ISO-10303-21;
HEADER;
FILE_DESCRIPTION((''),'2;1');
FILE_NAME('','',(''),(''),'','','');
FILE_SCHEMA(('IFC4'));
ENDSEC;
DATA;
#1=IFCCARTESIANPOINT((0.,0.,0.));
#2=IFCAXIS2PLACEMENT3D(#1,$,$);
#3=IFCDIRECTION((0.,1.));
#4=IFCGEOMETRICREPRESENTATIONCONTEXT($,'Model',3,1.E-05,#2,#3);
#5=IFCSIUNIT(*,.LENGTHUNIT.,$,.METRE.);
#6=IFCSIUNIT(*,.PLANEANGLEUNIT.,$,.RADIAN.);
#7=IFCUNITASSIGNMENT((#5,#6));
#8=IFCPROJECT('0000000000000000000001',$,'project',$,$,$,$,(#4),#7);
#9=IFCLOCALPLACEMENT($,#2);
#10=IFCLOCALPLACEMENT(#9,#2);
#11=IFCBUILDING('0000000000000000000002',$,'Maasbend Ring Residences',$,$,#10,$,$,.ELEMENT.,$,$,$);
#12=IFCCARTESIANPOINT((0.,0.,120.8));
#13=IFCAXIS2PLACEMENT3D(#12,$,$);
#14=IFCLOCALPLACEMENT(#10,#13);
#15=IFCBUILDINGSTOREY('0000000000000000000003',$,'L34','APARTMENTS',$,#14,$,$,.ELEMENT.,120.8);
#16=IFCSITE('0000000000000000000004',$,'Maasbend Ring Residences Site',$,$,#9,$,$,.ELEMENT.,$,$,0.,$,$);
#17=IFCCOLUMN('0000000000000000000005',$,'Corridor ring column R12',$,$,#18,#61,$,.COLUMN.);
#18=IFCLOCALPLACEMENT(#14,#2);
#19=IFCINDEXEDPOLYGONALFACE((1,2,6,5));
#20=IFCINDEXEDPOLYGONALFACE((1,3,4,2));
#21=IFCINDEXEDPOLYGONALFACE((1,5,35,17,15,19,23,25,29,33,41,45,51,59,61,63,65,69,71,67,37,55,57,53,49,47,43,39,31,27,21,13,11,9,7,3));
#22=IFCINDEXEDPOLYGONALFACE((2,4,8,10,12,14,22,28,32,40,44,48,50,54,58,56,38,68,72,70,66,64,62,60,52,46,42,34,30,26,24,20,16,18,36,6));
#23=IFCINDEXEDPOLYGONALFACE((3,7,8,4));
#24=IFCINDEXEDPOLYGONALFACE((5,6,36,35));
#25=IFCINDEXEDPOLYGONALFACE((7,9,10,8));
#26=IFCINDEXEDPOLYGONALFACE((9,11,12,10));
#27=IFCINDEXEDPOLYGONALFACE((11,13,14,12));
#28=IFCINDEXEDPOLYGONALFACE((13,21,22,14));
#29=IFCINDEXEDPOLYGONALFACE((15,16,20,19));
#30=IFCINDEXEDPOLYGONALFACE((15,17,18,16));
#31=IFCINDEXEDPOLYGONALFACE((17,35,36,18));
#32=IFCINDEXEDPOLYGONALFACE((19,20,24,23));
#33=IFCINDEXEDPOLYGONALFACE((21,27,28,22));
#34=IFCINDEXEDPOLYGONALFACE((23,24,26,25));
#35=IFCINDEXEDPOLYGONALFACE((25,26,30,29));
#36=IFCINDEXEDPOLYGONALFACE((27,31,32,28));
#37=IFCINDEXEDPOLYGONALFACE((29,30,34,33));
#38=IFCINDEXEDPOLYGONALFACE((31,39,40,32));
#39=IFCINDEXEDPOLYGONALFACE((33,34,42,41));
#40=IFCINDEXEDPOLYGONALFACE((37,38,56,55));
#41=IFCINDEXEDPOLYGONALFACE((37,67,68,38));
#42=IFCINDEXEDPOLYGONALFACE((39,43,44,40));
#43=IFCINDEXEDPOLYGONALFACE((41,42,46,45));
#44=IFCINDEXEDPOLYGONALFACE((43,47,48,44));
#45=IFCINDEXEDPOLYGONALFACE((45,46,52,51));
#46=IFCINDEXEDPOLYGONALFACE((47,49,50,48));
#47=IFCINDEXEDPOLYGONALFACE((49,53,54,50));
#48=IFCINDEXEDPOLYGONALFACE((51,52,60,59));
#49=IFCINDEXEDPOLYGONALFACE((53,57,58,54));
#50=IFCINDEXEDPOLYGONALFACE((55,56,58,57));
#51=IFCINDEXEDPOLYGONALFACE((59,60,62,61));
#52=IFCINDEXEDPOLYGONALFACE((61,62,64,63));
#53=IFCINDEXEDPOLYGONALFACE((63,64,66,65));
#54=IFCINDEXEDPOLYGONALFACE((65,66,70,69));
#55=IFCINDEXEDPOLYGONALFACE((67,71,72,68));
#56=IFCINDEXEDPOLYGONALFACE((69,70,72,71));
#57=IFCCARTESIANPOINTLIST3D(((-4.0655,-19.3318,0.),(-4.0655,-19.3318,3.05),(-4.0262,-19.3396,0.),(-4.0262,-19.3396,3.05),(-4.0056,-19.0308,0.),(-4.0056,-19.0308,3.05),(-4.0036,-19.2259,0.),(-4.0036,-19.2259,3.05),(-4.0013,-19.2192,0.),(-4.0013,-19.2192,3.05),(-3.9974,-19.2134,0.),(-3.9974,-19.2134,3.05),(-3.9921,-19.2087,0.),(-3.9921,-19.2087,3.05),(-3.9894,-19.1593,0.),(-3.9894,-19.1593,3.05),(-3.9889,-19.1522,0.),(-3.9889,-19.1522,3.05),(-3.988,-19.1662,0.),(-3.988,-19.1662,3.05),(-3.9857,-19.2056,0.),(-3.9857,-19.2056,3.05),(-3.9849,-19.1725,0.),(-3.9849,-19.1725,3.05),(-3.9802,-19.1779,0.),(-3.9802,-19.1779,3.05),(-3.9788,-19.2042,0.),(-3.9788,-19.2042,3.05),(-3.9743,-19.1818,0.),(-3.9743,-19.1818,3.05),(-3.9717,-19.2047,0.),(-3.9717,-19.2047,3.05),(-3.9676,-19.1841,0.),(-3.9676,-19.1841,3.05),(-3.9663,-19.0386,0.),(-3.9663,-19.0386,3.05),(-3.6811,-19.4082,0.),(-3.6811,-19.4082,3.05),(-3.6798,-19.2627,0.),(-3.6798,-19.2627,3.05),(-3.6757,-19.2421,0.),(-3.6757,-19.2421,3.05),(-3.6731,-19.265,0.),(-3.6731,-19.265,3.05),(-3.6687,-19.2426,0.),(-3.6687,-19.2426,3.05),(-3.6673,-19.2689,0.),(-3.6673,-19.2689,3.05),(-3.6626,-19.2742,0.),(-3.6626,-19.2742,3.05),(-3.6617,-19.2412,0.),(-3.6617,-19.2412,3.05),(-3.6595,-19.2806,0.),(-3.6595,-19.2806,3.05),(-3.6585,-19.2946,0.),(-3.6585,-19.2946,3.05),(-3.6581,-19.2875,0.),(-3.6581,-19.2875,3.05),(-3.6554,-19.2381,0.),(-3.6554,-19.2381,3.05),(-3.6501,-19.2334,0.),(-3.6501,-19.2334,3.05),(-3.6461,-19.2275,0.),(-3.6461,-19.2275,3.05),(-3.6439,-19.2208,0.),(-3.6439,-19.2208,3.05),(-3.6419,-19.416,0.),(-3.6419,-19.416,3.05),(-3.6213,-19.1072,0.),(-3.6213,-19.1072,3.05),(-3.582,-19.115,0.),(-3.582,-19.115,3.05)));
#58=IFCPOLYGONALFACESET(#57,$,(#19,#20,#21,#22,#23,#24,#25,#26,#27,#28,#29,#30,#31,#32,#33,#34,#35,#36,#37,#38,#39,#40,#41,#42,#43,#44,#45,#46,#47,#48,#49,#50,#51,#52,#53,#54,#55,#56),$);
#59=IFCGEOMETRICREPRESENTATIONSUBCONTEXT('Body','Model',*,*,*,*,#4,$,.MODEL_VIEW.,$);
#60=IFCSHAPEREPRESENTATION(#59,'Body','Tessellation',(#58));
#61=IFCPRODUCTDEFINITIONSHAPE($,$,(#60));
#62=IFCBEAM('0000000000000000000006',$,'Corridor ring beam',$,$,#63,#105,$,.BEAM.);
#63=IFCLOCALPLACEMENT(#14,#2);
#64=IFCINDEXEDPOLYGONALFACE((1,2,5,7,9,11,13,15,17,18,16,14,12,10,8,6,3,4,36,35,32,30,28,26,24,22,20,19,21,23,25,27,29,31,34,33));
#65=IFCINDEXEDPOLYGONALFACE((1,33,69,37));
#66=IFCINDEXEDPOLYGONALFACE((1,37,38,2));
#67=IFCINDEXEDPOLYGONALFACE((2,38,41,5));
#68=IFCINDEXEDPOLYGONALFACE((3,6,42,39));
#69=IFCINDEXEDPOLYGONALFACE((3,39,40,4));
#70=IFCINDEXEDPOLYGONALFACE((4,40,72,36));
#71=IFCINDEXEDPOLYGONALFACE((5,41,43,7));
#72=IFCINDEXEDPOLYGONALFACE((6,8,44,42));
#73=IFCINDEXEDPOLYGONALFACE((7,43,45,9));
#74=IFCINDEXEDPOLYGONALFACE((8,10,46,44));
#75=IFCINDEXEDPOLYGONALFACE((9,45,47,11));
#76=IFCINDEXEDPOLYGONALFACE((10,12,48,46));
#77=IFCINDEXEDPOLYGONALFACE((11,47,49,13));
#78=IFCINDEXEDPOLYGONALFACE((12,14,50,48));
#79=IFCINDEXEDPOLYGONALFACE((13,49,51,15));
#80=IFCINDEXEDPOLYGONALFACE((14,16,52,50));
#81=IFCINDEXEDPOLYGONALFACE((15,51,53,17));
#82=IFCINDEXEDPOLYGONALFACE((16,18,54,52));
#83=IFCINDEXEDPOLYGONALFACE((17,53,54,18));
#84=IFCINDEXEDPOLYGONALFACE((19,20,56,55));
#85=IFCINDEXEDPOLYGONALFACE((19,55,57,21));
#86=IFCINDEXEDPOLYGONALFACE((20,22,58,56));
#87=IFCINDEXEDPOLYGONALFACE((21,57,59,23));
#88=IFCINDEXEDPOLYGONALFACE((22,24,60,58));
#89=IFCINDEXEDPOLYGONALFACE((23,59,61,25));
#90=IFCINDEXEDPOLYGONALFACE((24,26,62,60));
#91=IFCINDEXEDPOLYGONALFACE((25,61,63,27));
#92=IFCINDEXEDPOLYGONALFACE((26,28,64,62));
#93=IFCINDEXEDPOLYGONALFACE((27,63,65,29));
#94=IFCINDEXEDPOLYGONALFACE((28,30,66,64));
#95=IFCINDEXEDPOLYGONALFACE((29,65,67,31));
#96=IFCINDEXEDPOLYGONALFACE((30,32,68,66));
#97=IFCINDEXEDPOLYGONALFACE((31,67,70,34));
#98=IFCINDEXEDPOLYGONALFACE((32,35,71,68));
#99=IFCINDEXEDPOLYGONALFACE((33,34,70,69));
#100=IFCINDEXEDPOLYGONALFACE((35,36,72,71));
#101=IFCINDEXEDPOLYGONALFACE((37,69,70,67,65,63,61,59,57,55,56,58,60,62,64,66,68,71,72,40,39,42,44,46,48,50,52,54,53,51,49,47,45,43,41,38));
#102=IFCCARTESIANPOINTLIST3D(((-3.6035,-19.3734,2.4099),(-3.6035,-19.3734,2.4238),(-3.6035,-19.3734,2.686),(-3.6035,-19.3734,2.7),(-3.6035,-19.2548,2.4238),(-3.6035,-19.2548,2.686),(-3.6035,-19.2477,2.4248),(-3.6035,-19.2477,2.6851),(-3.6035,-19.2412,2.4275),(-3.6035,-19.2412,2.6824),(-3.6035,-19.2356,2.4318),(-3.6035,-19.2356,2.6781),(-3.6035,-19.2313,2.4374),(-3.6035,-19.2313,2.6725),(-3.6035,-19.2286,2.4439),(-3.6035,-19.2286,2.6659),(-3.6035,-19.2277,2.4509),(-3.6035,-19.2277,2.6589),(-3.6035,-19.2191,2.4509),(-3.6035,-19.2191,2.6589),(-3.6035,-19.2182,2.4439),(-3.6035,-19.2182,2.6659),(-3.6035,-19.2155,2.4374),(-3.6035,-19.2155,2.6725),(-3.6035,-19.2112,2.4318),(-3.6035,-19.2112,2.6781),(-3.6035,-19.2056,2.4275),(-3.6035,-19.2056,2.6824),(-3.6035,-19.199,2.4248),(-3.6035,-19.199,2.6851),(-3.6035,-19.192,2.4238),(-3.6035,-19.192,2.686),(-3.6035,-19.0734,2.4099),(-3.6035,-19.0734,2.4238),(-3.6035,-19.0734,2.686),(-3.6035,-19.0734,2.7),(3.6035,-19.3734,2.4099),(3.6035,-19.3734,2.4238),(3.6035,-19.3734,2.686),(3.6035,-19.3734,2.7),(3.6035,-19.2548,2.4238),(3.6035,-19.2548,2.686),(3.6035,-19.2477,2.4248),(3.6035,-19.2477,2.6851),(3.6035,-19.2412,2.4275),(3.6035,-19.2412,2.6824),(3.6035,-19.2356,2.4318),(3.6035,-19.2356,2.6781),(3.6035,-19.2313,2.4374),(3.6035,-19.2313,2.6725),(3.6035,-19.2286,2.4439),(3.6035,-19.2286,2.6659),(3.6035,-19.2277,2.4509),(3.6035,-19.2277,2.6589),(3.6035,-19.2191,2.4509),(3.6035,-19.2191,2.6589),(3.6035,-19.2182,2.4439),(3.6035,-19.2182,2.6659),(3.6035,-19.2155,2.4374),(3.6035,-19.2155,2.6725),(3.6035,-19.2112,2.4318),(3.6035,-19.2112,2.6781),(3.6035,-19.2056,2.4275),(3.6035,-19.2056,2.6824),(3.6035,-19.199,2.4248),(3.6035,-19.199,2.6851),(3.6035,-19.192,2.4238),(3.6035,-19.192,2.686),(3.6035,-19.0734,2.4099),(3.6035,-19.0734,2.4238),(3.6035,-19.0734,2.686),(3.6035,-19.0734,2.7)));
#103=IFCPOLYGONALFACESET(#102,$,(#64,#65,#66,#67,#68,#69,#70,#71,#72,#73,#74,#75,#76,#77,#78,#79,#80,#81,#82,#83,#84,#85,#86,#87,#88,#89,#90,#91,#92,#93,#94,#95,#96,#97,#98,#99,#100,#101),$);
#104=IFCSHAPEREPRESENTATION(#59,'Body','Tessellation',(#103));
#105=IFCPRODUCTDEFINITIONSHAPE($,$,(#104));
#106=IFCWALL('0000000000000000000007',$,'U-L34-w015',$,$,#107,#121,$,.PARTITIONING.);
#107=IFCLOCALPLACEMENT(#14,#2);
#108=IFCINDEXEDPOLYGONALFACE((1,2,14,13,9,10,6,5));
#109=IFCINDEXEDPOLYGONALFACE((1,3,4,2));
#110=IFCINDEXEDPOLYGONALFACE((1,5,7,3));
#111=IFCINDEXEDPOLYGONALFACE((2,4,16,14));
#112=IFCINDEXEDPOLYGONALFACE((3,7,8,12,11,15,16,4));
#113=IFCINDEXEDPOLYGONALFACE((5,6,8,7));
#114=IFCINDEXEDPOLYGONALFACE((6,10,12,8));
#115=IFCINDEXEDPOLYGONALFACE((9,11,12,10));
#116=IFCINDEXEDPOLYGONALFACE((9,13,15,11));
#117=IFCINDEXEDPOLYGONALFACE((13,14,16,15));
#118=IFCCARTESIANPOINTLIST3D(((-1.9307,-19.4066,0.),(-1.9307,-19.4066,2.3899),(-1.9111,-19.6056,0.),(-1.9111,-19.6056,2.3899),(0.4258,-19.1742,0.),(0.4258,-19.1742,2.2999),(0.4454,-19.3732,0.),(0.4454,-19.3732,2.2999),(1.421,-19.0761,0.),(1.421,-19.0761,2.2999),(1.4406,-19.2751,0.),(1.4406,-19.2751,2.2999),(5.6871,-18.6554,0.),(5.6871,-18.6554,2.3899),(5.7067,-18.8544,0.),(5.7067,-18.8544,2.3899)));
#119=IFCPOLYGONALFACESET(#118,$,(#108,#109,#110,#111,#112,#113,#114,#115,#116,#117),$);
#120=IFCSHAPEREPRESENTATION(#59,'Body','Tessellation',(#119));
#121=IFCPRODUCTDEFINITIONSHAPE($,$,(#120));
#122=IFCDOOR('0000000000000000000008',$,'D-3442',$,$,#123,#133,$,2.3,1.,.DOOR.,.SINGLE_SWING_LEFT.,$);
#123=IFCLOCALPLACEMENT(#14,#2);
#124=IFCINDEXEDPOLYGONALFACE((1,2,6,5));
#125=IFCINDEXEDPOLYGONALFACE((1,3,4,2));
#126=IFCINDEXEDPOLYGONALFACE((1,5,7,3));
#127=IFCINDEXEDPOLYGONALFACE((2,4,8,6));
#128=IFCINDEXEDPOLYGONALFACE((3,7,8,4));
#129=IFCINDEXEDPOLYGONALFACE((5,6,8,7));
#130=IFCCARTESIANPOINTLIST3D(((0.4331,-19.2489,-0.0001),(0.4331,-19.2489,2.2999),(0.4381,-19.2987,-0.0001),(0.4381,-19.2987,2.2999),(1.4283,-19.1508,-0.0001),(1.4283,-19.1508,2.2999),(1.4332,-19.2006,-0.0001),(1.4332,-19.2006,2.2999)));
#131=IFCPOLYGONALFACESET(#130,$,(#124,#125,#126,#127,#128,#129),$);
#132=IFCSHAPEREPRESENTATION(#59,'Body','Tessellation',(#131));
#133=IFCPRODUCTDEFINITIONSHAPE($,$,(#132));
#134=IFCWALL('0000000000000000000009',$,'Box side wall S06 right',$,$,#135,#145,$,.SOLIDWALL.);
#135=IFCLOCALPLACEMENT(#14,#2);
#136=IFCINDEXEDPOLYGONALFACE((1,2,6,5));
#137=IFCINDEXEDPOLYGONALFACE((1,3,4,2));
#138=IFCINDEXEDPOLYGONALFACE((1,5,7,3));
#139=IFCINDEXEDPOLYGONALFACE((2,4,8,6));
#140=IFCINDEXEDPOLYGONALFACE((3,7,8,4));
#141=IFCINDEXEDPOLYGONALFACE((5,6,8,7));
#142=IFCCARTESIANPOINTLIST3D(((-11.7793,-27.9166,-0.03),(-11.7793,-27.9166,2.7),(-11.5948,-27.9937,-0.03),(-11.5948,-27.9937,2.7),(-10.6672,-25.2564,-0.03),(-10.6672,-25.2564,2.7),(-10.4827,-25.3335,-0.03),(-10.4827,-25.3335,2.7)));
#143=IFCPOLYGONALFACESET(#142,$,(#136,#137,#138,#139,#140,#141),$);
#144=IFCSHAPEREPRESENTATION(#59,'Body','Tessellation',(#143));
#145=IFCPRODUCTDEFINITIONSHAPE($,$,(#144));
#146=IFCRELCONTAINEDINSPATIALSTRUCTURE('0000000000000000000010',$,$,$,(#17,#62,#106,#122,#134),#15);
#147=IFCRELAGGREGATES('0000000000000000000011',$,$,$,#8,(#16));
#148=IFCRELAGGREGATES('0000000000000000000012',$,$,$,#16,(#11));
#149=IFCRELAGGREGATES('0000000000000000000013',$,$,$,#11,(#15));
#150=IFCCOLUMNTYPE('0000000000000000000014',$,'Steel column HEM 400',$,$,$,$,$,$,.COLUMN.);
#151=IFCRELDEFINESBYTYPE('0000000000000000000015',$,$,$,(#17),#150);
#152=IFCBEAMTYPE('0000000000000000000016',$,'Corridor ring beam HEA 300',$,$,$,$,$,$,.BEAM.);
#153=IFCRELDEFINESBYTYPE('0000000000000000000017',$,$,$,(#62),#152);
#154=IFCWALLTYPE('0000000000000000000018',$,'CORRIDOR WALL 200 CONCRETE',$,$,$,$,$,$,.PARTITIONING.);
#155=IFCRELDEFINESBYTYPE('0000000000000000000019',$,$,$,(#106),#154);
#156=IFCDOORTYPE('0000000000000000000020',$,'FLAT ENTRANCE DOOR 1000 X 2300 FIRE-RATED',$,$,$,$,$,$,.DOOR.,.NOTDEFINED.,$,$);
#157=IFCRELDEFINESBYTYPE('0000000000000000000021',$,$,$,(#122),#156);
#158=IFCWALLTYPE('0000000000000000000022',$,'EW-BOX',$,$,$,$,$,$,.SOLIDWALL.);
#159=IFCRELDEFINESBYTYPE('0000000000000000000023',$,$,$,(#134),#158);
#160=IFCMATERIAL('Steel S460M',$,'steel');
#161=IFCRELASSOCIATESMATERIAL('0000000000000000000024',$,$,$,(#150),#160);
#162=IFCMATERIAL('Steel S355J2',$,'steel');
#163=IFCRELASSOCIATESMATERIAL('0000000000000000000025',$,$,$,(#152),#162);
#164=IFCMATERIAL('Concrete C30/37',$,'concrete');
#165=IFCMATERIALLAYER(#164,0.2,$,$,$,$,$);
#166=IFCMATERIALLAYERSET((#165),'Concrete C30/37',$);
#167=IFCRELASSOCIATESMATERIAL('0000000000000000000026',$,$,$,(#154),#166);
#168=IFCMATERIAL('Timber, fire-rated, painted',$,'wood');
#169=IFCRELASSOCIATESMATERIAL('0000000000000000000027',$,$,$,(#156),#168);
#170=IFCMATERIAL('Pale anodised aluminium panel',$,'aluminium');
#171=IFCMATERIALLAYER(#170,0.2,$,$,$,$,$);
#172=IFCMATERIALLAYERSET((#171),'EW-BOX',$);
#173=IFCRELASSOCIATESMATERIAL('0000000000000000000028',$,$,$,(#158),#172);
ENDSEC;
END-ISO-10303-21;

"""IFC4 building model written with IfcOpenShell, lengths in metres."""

from ifc_helpers import new_model, si_unit, direction, frame, frame_2d, origin, origin_2d, place, context, subcontext, project, spatial, rectangle, i_section, extrude, material, layer, layer_set, material_profile, profile_set, type_object, element, fill, save


model = new_model("IFC4")

# Units and contexts
model_context = context("Model", 3, precision=1e-05, world=origin(), true_north=direction((0.0, 1.0)))
body_context = subcontext(model_context, "Body", "Model", "MODEL_VIEW")
ifc_project = project(units=[si_unit("LENGTHUNIT", "METRE"), si_unit("PLANEANGLEUNIT", "RADIAN")], contexts=[model_context])

# Site, building, storey
site_placement = place(None, origin())
site = spatial("IfcSite", under=ifc_project, at=site_placement, Name="Maasbend Ring Residences Site", CompositionType="ELEMENT", RefElevation=0.0)
building_placement = place(site_placement, origin())
building = spatial("IfcBuilding", under=site, at=building_placement, Name="Maasbend Ring Residences", CompositionType="ELEMENT")
storey_placement = place(building_placement, frame((0.0, 0.0, 120.8)))
storey = spatial("IfcBuildingStorey", under=building, at=storey_placement, Name="L34", Description="APARTMENTS", CompositionType="ELEMENT", Elevation=120.8)

# Column
ifc_material_1 = material(Name="Steel S460M", Category="steel")
ifc_material_profile_1 = material_profile(ifc_material_1, i_section(OverallWidth=0.3069, OverallDepth=0.4319, WebThickness=0.021, FlangeThickness=0.04, FilletRadius=0.0271, at=origin_2d()), Name="HEM 400")
ifc_profile_set_1 = profile_set([ifc_material_profile_1], Name="Steel S460M")
column_type = type_object("IfcColumnType", Name="Steel column HEM 400", PredefinedType="COLUMN", material=ifc_profile_set_1)
column_placement = place(storey_placement, frame((-3.8237, -19.2234, 0.0), z_axis=(0.0, 0.0, 1.0), x_axis=(-0.19509, -0.980785, 0.0)))
element("IfcColumn", 1, at=column_placement, inside=storey, type_object=column_type, Name="Corridor ring column R12", PredefinedType="COLUMN", context=body_context, shape_type="SweptSolid", body=[
    extrude(i_section(OverallWidth=0.3069, OverallDepth=0.4319, WebThickness=0.021, FlangeThickness=0.04, FilletRadius=0.0271, at=origin_2d()), origin(), (0.0, 0.0, 1.0), 3.05),
])

# Beam
ifc_material_2 = material(Name="Steel S355J2", Category="steel")
ifc_material_profile_2 = material_profile(ifc_material_2, i_section(OverallWidth=0.3, OverallDepth=0.29, WebThickness=0.0085, FlangeThickness=0.0139, FilletRadius=0.0271, at=origin_2d()), Name="HEA 300")
ifc_profile_set_2 = profile_set([ifc_material_profile_2], Name="Steel S355J2")
beam_type = type_object("IfcBeamType", Name="Corridor ring beam HEA 300", PredefinedType="BEAM", material=ifc_profile_set_2)
beam_placement = place(storey_placement, frame((-3.6035, -19.2234, 2.5549), z_axis=(1.0, 0.0, 0.0), x_axis=(0.0, 1.0, 0.0)))
element("IfcBeam", 2, at=beam_placement, inside=storey, type_object=beam_type, Name="Corridor ring beam", PredefinedType="BEAM", context=body_context, shape_type="SweptSolid", body=[
    extrude(i_section(OverallWidth=0.3, OverallDepth=0.29, WebThickness=0.0085, FlangeThickness=0.0139, FilletRadius=0.0271, at=origin_2d()), origin(), (0.0, 0.0, 1.0), 7.207),
])

# Wall, opening, door
ifc_material_3 = material(Name="Concrete C30/37", Category="concrete")
ifc_layer_1 = layer(ifc_material_3, 0.2)
ifc_layer_set_1 = layer_set([ifc_layer_1], Name="Concrete C30/37")
wall_type_1 = type_object("IfcWallType", Name="CORRIDOR WALL 200 CONCRETE", PredefinedType="PARTITIONING", material=ifc_layer_set_1)
wall_1_placement = place(storey_placement, frame((-1.9209, -19.5061, 0.0), z_axis=(0.0, 0.0, 1.0), x_axis=(0.995173, 0.098136, 0.0)))
wall_1 = element("IfcWall", 3, at=wall_1_placement, inside=storey, type_object=wall_type_1, Name="U-L34-w015", PredefinedType="PARTITIONING", context=body_context, shape_type="SweptSolid", body=[
    extrude(rectangle(XDim=7.6548, YDim=0.2, at=frame_2d((3.8274, 0.0))), origin(), (0.0, 0.0, 1.0), 2.3899),
])
opening_1_placement = place(wall_1_placement, frame((2.3679, 0.0, 0.0)))
opening_1 = element("IfcOpeningElement", 4, at=opening_1_placement, cuts=wall_1, PredefinedType="OPENING", context=body_context, shape_type="SweptSolid", body=[
    extrude(rectangle(XDim=1.0, YDim=2.3, at=frame_2d((0.5, 1.1499))), frame((0.0, 0.1099, 0.0), z_axis=(0.0, -1.0, 0.0), x_axis=(1.0, 0.0, 0.0)), (0.0, 0.0, 1.0), 0.22),
])
ifc_material_4 = material(Name="Timber, fire-rated, painted", Category="wood")
door_type_1 = type_object("IfcDoorType", Name="FLAT ENTRANCE DOOR 1000 X 2300 FIRE-RATED", OperationType="NOTDEFINED", PredefinedType="DOOR", material=ifc_material_4)
door_1_placement = place(opening_1_placement, origin())
door_1 = element("IfcDoor", 5, at=door_1_placement, inside=storey, type_object=door_type_1, Name="D-3442", OperationType="SINGLE_SWING_LEFT", OverallHeight=2.3, OverallWidth=1.0, PredefinedType="DOOR", context=body_context, shape_type="SweptSolid", body=[
    extrude(rectangle(XDim=1.0, YDim=2.3, at=frame_2d((0.5, 1.1499))), frame((0.0, 0.0249, 0.0), z_axis=(0.0, -1.0, 0.0), x_axis=(1.0, 0.0, 0.0)), (0.0, 0.0, 1.0), 0.05),
])
fill(opening_1, door_1)

# Wall
ifc_material_5 = material(Name="Pale anodised aluminium panel", Category="aluminium")
ifc_layer_2 = layer(ifc_material_5, 0.2)
ifc_layer_set_2 = layer_set([ifc_layer_2], Name="EW-BOX")
wall_type_2 = type_object("IfcWallType", Name="EW-BOX", PredefinedType="SOLIDWALL", material=ifc_layer_set_2)
wall_2_placement = place(storey_placement, frame((-10.575, -25.2949, -0.03), z_axis=(0.0, 0.0, 1.0), x_axis=(-0.385697, -0.922625, 0.0)))
element("IfcWall", 6, at=wall_2_placement, inside=storey, type_object=wall_type_2, Name="Box side wall S06 right", PredefinedType="SOLIDWALL", context=body_context, shape_type="SweptSolid", body=[
    extrude(rectangle(XDim=2.8833, YDim=0.2, at=frame_2d((1.4417, 0.0))), origin(), (0.0, 0.0, 1.0), 2.73),
])

save(model, "model.ifc")
